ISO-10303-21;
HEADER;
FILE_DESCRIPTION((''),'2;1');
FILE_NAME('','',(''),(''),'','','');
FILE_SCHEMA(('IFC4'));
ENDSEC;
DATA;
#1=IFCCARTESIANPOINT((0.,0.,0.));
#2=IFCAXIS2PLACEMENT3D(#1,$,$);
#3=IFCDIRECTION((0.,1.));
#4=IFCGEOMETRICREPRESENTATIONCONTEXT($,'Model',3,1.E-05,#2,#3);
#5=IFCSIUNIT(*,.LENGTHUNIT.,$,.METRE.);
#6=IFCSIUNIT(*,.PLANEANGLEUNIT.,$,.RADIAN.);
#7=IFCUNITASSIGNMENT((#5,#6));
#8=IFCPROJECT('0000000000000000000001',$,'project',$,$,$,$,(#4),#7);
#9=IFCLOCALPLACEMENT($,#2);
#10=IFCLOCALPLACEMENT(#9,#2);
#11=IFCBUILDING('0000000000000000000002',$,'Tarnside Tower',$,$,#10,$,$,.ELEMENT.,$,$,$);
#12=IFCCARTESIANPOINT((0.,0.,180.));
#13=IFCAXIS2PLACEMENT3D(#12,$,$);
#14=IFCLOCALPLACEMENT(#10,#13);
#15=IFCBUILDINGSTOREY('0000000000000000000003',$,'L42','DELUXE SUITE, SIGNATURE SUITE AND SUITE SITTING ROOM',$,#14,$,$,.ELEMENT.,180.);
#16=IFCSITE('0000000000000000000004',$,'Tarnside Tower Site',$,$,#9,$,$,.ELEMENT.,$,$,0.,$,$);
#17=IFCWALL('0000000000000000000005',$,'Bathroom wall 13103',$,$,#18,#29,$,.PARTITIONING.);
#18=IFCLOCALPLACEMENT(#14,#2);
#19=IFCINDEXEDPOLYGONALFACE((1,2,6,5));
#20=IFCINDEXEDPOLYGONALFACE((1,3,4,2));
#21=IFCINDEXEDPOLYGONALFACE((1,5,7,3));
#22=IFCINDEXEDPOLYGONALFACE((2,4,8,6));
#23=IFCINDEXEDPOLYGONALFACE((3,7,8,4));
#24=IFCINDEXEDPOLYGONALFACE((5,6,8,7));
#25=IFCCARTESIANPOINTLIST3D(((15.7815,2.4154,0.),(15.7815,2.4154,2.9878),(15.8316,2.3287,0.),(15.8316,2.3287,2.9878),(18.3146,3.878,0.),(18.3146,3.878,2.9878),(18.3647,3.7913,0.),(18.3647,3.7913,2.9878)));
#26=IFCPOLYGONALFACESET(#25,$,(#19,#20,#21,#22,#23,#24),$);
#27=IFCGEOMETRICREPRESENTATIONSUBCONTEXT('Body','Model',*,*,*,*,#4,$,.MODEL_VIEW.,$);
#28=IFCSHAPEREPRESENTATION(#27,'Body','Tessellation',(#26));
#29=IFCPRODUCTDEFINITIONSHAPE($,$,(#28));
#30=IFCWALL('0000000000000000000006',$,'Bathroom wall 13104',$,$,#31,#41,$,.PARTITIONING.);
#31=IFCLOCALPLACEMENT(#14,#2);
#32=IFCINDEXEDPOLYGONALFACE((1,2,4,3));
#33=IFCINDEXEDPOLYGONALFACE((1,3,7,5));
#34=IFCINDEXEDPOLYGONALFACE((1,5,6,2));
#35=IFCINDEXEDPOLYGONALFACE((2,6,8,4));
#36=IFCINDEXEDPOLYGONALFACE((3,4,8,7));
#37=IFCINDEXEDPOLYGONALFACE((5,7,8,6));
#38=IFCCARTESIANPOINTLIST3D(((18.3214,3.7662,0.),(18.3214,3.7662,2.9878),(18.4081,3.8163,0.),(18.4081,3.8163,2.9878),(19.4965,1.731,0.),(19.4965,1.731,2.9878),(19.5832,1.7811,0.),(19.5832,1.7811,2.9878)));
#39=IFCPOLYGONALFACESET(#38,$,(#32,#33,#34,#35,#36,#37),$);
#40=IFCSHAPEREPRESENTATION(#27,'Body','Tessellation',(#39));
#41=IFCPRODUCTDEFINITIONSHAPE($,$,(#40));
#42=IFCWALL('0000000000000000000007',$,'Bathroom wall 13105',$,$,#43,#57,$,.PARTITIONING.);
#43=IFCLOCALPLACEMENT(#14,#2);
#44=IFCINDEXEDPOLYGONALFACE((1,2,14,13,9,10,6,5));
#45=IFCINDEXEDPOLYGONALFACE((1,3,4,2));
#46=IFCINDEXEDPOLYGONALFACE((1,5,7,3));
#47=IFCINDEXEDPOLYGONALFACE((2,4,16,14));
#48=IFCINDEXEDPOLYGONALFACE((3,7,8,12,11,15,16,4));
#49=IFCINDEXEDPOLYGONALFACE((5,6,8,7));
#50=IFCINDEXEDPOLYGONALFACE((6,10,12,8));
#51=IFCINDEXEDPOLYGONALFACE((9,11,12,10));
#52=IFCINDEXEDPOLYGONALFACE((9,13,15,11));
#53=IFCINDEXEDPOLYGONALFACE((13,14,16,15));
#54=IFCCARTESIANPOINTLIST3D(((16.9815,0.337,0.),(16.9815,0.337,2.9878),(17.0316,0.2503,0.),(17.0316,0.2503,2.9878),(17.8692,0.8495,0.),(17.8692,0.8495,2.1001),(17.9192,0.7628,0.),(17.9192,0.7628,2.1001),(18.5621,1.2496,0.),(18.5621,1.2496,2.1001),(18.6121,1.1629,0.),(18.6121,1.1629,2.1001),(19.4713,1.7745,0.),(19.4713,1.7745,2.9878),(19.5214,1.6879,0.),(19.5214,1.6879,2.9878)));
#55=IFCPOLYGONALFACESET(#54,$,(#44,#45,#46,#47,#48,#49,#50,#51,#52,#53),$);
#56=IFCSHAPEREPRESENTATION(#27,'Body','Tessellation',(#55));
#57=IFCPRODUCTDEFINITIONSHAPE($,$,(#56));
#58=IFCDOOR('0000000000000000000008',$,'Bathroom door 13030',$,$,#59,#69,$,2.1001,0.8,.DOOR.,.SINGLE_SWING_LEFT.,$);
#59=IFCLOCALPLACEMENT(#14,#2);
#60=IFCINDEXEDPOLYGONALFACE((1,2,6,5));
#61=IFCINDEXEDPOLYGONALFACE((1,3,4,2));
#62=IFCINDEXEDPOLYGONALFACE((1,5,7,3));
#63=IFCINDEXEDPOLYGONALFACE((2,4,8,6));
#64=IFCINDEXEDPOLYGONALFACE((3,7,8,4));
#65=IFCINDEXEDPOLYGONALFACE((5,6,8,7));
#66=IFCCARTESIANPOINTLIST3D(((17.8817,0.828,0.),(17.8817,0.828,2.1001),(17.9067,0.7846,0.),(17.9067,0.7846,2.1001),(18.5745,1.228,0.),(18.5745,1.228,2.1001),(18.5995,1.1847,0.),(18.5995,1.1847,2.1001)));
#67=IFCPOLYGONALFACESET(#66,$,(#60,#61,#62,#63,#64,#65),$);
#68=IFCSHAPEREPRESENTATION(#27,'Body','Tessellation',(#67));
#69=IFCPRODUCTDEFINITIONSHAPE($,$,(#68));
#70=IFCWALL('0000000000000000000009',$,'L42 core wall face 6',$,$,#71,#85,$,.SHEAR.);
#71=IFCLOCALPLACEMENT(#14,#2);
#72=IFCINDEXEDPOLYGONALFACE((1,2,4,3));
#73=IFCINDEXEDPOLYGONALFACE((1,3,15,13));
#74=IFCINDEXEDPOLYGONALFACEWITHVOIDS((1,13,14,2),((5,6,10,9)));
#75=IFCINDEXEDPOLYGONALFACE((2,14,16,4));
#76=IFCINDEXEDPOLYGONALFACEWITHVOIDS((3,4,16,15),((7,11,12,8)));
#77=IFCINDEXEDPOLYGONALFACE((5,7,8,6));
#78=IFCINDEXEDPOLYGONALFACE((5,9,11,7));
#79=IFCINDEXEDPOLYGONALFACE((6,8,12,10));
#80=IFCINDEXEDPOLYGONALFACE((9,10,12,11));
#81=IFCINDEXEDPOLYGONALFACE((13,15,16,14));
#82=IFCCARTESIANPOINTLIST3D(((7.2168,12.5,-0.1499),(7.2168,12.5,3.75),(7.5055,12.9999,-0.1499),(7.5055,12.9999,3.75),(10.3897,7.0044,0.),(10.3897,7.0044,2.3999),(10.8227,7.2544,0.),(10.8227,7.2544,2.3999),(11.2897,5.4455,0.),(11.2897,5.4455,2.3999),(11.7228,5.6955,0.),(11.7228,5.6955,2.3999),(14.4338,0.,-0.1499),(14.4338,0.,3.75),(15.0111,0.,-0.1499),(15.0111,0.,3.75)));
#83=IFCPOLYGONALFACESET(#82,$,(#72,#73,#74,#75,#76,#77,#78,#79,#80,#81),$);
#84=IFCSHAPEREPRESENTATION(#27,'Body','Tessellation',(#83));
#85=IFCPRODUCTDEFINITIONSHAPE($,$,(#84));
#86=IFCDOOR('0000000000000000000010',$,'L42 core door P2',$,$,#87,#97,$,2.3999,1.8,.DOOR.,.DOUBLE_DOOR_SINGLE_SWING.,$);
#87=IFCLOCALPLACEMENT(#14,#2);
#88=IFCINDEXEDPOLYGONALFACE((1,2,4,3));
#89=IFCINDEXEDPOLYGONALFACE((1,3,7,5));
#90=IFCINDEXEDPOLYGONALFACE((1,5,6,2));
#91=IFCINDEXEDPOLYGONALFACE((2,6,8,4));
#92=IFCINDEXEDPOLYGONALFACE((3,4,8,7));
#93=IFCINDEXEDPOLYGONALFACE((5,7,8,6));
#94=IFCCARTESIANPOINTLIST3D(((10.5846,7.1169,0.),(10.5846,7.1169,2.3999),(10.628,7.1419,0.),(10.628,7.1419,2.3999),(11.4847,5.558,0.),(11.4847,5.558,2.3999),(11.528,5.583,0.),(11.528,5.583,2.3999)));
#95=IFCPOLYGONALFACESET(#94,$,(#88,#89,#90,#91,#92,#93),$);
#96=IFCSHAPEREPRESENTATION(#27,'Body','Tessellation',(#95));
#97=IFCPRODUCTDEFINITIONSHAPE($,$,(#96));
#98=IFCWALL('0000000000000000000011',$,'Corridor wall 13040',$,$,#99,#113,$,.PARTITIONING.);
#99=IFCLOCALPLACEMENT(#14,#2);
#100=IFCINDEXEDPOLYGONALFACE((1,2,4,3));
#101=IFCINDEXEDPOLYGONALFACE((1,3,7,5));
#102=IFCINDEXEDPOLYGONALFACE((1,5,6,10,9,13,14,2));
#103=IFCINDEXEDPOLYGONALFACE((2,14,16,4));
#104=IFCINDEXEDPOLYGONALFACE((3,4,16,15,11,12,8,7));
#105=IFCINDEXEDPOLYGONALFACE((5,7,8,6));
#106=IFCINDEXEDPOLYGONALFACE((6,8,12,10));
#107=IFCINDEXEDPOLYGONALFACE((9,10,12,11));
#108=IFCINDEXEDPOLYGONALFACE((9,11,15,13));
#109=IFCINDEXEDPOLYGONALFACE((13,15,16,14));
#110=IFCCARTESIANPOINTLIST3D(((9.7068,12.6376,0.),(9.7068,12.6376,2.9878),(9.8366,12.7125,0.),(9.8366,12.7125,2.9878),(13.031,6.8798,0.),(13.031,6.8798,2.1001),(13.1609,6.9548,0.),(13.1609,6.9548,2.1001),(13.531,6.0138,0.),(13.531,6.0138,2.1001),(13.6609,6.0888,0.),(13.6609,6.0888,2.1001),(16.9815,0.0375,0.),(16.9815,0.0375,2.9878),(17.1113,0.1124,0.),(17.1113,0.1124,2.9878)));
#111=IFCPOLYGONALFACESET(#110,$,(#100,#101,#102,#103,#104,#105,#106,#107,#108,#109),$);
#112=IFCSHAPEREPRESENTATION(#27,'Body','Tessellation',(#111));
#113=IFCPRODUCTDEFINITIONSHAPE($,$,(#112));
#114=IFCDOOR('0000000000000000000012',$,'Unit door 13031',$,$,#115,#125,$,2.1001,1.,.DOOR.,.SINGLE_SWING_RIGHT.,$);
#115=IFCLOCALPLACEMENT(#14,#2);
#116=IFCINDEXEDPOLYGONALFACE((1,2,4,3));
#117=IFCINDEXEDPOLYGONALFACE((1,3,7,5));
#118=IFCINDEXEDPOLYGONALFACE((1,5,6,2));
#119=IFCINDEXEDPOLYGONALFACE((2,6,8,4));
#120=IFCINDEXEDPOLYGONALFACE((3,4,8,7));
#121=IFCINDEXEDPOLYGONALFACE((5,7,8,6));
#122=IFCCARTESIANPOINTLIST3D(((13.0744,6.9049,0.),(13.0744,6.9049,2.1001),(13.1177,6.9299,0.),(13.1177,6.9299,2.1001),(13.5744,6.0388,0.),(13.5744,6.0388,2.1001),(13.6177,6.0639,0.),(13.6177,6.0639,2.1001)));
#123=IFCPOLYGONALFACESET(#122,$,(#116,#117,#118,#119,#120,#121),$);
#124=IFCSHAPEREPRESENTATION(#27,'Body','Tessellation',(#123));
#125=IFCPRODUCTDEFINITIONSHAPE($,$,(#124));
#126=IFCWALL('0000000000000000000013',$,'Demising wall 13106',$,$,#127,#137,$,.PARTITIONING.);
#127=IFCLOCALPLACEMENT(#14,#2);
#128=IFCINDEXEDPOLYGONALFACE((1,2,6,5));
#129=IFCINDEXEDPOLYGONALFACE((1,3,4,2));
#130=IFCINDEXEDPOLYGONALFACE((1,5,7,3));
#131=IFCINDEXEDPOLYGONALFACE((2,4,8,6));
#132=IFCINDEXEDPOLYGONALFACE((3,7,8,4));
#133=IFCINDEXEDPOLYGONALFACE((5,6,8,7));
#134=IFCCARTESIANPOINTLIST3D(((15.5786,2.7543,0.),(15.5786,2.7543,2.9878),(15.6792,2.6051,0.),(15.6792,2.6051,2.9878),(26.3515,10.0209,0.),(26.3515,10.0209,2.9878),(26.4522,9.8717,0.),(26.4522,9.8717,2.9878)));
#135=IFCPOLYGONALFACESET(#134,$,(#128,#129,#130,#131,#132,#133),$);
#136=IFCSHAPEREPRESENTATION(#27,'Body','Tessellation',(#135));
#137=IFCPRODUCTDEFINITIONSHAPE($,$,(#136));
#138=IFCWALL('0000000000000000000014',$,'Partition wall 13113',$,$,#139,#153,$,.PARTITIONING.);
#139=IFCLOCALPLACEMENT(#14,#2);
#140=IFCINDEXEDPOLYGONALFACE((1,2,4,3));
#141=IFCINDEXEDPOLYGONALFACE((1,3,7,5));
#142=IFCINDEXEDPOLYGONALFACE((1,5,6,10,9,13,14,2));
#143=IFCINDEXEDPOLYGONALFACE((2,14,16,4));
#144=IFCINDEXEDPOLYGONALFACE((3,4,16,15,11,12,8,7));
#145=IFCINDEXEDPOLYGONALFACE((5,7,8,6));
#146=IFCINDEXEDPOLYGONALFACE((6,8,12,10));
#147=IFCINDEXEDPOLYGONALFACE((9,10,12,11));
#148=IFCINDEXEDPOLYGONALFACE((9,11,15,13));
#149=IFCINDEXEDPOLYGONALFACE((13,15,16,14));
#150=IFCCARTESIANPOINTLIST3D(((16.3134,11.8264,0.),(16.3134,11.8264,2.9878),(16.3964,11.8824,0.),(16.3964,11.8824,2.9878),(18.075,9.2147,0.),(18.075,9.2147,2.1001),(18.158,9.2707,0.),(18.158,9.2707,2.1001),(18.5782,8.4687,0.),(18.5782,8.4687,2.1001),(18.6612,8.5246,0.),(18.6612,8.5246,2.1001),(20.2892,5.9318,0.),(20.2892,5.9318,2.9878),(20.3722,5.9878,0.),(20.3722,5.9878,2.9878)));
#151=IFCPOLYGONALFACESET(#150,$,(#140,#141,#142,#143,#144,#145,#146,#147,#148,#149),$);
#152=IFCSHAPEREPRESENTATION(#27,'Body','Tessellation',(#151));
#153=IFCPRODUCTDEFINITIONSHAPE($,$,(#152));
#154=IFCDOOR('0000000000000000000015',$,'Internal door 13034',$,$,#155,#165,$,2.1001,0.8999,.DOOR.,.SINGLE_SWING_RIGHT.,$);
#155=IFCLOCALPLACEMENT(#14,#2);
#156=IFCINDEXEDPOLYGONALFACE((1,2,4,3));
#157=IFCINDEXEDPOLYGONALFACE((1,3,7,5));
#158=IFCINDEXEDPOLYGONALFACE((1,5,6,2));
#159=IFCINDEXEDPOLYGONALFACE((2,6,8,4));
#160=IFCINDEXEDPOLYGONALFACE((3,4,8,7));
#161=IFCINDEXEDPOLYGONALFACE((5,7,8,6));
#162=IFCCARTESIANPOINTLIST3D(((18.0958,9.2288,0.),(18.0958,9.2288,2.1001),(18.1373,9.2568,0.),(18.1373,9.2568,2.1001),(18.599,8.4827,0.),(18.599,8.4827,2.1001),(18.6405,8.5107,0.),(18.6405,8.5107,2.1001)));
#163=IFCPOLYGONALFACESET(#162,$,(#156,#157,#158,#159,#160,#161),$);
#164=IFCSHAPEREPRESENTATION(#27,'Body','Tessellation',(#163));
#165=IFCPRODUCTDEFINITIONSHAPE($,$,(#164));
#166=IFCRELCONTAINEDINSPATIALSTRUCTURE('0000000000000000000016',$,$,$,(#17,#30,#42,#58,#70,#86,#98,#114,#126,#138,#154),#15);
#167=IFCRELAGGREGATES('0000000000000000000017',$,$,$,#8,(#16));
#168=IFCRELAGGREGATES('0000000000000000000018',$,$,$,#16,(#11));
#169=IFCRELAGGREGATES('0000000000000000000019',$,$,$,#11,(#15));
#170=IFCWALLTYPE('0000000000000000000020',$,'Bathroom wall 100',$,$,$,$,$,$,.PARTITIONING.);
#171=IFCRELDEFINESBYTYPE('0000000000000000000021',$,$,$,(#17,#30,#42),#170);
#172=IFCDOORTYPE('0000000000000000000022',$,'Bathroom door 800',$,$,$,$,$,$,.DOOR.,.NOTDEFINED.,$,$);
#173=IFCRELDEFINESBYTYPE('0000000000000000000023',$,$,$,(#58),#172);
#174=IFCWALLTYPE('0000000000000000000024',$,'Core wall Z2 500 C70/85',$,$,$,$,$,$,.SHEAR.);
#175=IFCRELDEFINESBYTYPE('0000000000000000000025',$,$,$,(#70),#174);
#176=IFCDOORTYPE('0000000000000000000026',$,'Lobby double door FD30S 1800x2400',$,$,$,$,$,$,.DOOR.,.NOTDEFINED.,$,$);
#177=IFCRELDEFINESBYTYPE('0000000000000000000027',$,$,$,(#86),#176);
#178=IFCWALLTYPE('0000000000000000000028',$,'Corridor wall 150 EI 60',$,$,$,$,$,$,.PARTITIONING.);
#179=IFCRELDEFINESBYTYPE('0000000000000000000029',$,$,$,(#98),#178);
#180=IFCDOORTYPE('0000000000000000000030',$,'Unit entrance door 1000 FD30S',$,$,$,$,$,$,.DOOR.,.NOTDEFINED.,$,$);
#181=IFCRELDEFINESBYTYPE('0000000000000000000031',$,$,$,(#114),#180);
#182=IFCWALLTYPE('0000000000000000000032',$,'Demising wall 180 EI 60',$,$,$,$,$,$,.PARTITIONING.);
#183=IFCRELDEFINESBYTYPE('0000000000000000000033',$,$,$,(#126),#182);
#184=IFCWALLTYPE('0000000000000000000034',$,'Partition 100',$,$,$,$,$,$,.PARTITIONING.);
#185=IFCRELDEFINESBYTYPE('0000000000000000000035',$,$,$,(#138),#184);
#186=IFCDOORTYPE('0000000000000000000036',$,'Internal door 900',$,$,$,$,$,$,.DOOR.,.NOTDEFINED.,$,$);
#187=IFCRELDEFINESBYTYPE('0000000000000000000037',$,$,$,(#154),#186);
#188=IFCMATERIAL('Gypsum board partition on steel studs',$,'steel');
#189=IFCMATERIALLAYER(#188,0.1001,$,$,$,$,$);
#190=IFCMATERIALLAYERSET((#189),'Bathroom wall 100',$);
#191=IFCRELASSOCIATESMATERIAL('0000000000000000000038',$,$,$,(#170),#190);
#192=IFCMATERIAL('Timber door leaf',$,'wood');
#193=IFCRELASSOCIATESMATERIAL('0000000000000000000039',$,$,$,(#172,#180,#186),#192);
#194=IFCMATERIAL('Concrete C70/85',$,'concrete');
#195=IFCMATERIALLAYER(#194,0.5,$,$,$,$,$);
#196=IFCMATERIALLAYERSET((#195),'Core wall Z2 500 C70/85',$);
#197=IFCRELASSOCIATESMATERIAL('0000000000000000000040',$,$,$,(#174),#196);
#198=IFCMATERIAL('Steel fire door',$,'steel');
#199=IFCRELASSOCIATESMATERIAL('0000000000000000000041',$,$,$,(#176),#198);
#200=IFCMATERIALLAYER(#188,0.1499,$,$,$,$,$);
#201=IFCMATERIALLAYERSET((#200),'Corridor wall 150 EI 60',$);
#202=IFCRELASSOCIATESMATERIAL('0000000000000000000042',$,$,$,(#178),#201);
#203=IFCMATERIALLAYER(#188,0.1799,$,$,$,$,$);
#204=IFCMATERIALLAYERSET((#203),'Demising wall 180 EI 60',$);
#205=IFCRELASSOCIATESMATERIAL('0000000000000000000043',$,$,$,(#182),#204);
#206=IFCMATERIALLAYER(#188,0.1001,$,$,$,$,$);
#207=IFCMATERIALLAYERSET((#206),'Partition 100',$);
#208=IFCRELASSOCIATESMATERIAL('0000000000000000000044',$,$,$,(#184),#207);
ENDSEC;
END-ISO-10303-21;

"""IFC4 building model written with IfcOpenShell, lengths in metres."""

from ifc_helpers import new_model, si_unit, direction, frame, frame_2d, origin, place, context, subcontext, project, spatial, polyline, rectangle, outline, extrude, material, layer, layer_set, type_object, element, fill, save


model = new_model("IFC4")

# Units and contexts
model_context = context("Model", 3, precision=1e-05, world=origin(), true_north=direction((0.0, 1.0)))
body_context = subcontext(model_context, "Body", "Model", "MODEL_VIEW")
ifc_project = project(units=[si_unit("LENGTHUNIT", "METRE"), si_unit("PLANEANGLEUNIT", "RADIAN")], contexts=[model_context])

# Site, building, storey
site_placement = place(None, origin())
site = spatial("IfcSite", under=ifc_project, at=site_placement, Name="Tarnside Tower Site", CompositionType="ELEMENT", RefElevation=0.0)
building_placement = place(site_placement, origin())
building = spatial("IfcBuilding", under=site, at=building_placement, Name="Tarnside Tower", CompositionType="ELEMENT")
storey_placement = place(building_placement, frame((0.0, 0.0, 180.0)))
storey = spatial("IfcBuildingStorey", under=building, at=storey_placement, Name="L42", Description="DELUXE SUITE, SIGNATURE SUITE AND SUITE SITTING ROOM", CompositionType="ELEMENT", Elevation=180.0)

# Walls
ifc_material_1 = material(Name="Gypsum board partition on steel studs", Category="steel")
ifc_layer_1 = layer(ifc_material_1, 0.1001)
ifc_layer_set_1 = layer_set([ifc_layer_1], Name="Bathroom wall 100")
wall_type_1 = type_object("IfcWallType", Name="Bathroom wall 100", PredefinedType="PARTITIONING", material=ifc_layer_set_1)
wall_1_placement = place(storey_placement, frame((15.8066, 2.3721, 0.0), z_axis=(0.0, 0.0, 1.0), x_axis=(0.86601, 0.500026, 0.0)))
element("IfcWall", 1, at=wall_1_placement, inside=storey, type_object=wall_type_1, Name="Bathroom wall 13103", PredefinedType="PARTITIONING", context=body_context, shape_type="SweptSolid", body=[
    extrude(rectangle(XDim=2.925, YDim=0.1001, at=frame_2d((1.4624, 0.0))), origin(), (0.0, 0.0, 1.0), 2.9878),
])
wall_2_placement = place(storey_placement, frame((18.3647, 3.7913, 0.0), z_axis=(0.0, 0.0, 1.0), x_axis=(0.500016, -0.866016, 0.0)))
element("IfcWall", 2, at=wall_2_placement, inside=storey, type_object=wall_type_1, Name="Bathroom wall 13104", PredefinedType="PARTITIONING", context=body_context, shape_type="SweptSolid", body=[
    extrude(rectangle(XDim=2.3501, YDim=0.1001, at=frame_2d((1.175, 0.0))), origin(), (0.0, 0.0, 1.0), 2.9878),
])

# Walls, openings, doors
wall_3_placement = place(storey_placement, frame((19.4963, 1.7312, 0.0), z_axis=(0.0, 0.0, 1.0), x_axis=(-0.866019, -0.500012, 0.0)))
wall_3 = element("IfcWall", 3, at=wall_3_placement, inside=storey, type_object=wall_type_1, Name="Bathroom wall 13105", PredefinedType="PARTITIONING", context=body_context, shape_type="SweptSolid", body=[
    extrude(rectangle(XDim=2.875, YDim=0.1001, at=frame_2d((1.4375, 0.0))), origin(), (0.0, 0.0, 1.0), 2.9878),
])
opening_1_placement = place(wall_3_placement, frame((1.05, 0.0, 0.0)))
opening_1 = element("IfcOpeningElement", 4, at=opening_1_placement, cuts=wall_3, PredefinedType="OPENING", context=body_context, shape_type="SweptSolid", body=[
    extrude(rectangle(XDim=0.8, YDim=2.1001, at=frame_2d((0.3999, 1.05))), frame((0.0, 0.0601, 0.0), z_axis=(0.0, -1.0, 0.0), x_axis=(1.0, 0.0, 0.0)), (0.0, 0.0, 1.0), 0.1201),
])
ifc_material_2 = material(Name="Timber door leaf", Category="wood")
door_type_1 = type_object("IfcDoorType", Name="Bathroom door 800", OperationType="NOTDEFINED", PredefinedType="DOOR", material=ifc_material_2)
door_1_placement = place(opening_1_placement, origin())
door_1 = element("IfcDoor", 5, at=door_1_placement, inside=storey, type_object=door_type_1, Name="Bathroom door 13030", OperationType="SINGLE_SWING_LEFT", OverallHeight=2.1001, OverallWidth=0.8, PredefinedType="DOOR", context=body_context, shape_type="SweptSolid", body=[
    extrude(rectangle(XDim=0.8, YDim=2.1001, at=frame_2d((0.3999, 1.05))), frame((0.0, 0.0249, 0.0), z_axis=(0.0, -1.0, 0.0), x_axis=(1.0, 0.0, 0.0)), (0.0, 0.0, 1.0), 0.05),
])
fill(opening_1, door_1)
ifc_material_3 = material(Name="Concrete C70/85", Category="concrete")
ifc_layer_2 = layer(ifc_material_3, 0.5)
ifc_layer_set_2 = layer_set([ifc_layer_2], Name="Core wall Z2 500 C70/85")
wall_type_2 = type_object("IfcWallType", Name="Core wall Z2 500 C70/85", PredefinedType="SHEAR", material=ifc_layer_set_2)
wall_4_placement = place(storey_placement, frame((14.7224, 0.0, -0.1499), z_axis=(0.0, 0.0, 1.0), x_axis=(-0.500006, 0.866022, 0.0)))
wall_4 = element("IfcWall", 6, at=wall_4_placement, inside=storey, type_object=wall_type_2, Name="L42 core wall face 6", PredefinedType="SHEAR", context=body_context, shape_type="SweptSolid", body=[
    extrude(outline(polyline([(-0.1443, -0.25), (14.8667, -0.25), (14.5781, 0.25), (0.1443, 0.25), (-0.1443, -0.25)])), origin(), (0.0, 0.0, 1.0), 3.8999),
])
opening_2_placement = place(wall_4_placement, frame((6.4324, 0.0, 0.1499)))
opening_2 = element("IfcOpeningElement", 7, at=opening_2_placement, cuts=wall_4, PredefinedType="OPENING", context=body_context, shape_type="SweptSolid", body=[
    extrude(rectangle(XDim=1.8, YDim=2.3999, at=frame_2d((0.8999, 1.2))), frame((0.0, 0.26, 0.0), z_axis=(0.0, -1.0, 0.0), x_axis=(1.0, 0.0, 0.0)), (0.0, 0.0, 1.0), 0.52),
])
ifc_material_4 = material(Name="Steel fire door", Category="steel")
door_type_2 = type_object("IfcDoorType", Name="Lobby double door FD30S 1800x2400", OperationType="NOTDEFINED", PredefinedType="DOOR", material=ifc_material_4)
door_2_placement = place(opening_2_placement, origin())
door_2 = element("IfcDoor", 8, at=door_2_placement, inside=storey, type_object=door_type_2, Name="L42 core door P2", OperationType="DOUBLE_DOOR_SINGLE_SWING", OverallHeight=2.3999, OverallWidth=1.8, PredefinedType="DOOR", context=body_context, shape_type="SweptSolid", body=[
    extrude(rectangle(XDim=1.8, YDim=2.3999, at=frame_2d((0.8999, 1.2))), frame((0.0, 0.0249, 0.0), z_axis=(0.0, -1.0, 0.0), x_axis=(1.0, 0.0, 0.0)), (0.0, 0.0, 1.0), 0.05),
])
fill(opening_2, door_2)
ifc_layer_3 = layer(ifc_material_1, 0.1499)
ifc_layer_set_3 = layer_set([ifc_layer_3], Name="Corridor wall 150 EI 60")
wall_type_3 = type_object("IfcWallType", Name="Corridor wall 150 EI 60", PredefinedType="PARTITIONING", material=ifc_layer_set_3)
wall_5_placement = place(storey_placement, frame((17.0464, 0.075, 0.0), z_axis=(0.0, 0.0, 1.0), x_axis=(-0.499999, 0.866026, 0.0)))
wall_5 = element("IfcWall", 9, at=wall_5_placement, inside=storey, type_object=wall_type_3, Name="Corridor wall 13040", PredefinedType="PARTITIONING", context=body_context, shape_type="SweptSolid", body=[
    extrude(rectangle(XDim=14.5493, YDim=0.1499, at=frame_2d((7.2747, 0.0))), origin(), (0.0, 0.0, 1.0), 2.9878),
])
opening_3_placement = place(wall_5_placement, frame((6.9009, 0.0, 0.0)))
opening_3 = element("IfcOpeningElement", 10, at=opening_3_placement, cuts=wall_5, PredefinedType="OPENING", context=body_context, shape_type="SweptSolid", body=[
    extrude(rectangle(XDim=1.0, YDim=2.1001, at=frame_2d((0.5, 1.05))), frame((0.0, 0.085, 0.0), z_axis=(0.0, -1.0, 0.0), x_axis=(1.0, 0.0, 0.0)), (0.0, 0.0, 1.0), 0.1699),
])
door_type_3 = type_object("IfcDoorType", Name="Unit entrance door 1000 FD30S", OperationType="NOTDEFINED", PredefinedType="DOOR", material=ifc_material_2)
door_3_placement = place(opening_3_placement, origin())
door_3 = element("IfcDoor", 11, at=door_3_placement, inside=storey, type_object=door_type_3, Name="Unit door 13031", OperationType="SINGLE_SWING_RIGHT", OverallHeight=2.1001, OverallWidth=1.0, PredefinedType="DOOR", context=body_context, shape_type="SweptSolid", body=[
    extrude(rectangle(XDim=1.0, YDim=2.1001, at=frame_2d((0.5, 1.05))), frame((0.0, 0.0249, 0.0), z_axis=(0.0, -1.0, 0.0), x_axis=(1.0, 0.0, 0.0)), (0.0, 0.0, 1.0), 0.05),
])
fill(opening_3, door_3)

# Wall
ifc_layer_4 = layer(ifc_material_1, 0.1799)
ifc_layer_set_4 = layer_set([ifc_layer_4], Name="Demising wall 180 EI 60")
wall_type_4 = type_object("IfcWallType", Name="Demising wall 180 EI 60", PredefinedType="PARTITIONING", material=ifc_layer_set_4)
wall_6_placement = place(storey_placement, frame((26.4019, 9.9463, 0.0), z_axis=(0.0, 0.0, 1.0), x_axis=(-0.829032, -0.559201, 0.0)))
element("IfcWall", 12, at=wall_6_placement, inside=storey, type_object=wall_type_4, Name="Demising wall 13106", PredefinedType="PARTITIONING", context=body_context, shape_type="SweptSolid", body=[
    extrude(rectangle(XDim=12.9946, YDim=0.1799, at=frame_2d((6.4973, 0.0))), origin(), (0.0, 0.0, 1.0), 2.9878),
])

# Wall, opening, door
ifc_layer_5 = layer(ifc_material_1, 0.1001)
ifc_layer_set_5 = layer_set([ifc_layer_5], Name="Partition 100")
wall_type_5 = type_object("IfcWallType", Name="Partition 100", PredefinedType="PARTITIONING", material=ifc_layer_set_5)
wall_7_placement = place(storey_placement, frame((20.3308, 5.9597, 0.0), z_axis=(0.0, 0.0, 1.0), x_axis=(-0.559185, 0.829043, 0.0)))
wall_7 = element("IfcWall", 13, at=wall_7_placement, inside=storey, type_object=wall_type_5, Name="Partition wall 13113", PredefinedType="PARTITIONING", context=body_context, shape_type="SweptSolid", body=[
    extrude(rectangle(XDim=7.1101, YDim=0.1001, at=frame_2d((3.5552, 0.0))), origin(), (0.0, 0.0, 1.0), 2.9878),
])
opening_4_placement = place(wall_7_placement, frame((3.0601, 0.0, 0.0)))
opening_4 = element("IfcOpeningElement", 14, at=opening_4_placement, cuts=wall_7, PredefinedType="OPENING", context=body_context, shape_type="SweptSolid", body=[
    extrude(rectangle(XDim=0.8999, YDim=2.1001, at=frame_2d((0.45, 1.05))), frame((0.0, 0.0601, 0.0), z_axis=(0.0, -1.0, 0.0), x_axis=(1.0, 0.0, 0.0)), (0.0, 0.0, 1.0), 0.1201),
])
door_type_4 = type_object("IfcDoorType", Name="Internal door 900", OperationType="NOTDEFINED", PredefinedType="DOOR", material=ifc_material_2)
door_4_placement = place(opening_4_placement, origin())
door_4 = element("IfcDoor", 15, at=door_4_placement, inside=storey, type_object=door_type_4, Name="Internal door 13034", OperationType="SINGLE_SWING_RIGHT", OverallHeight=2.1001, OverallWidth=0.8999, PredefinedType="DOOR", context=body_context, shape_type="SweptSolid", body=[
    extrude(rectangle(XDim=0.8999, YDim=2.1001, at=frame_2d((0.45, 1.05))), frame((0.0, 0.0249, 0.0), z_axis=(0.0, -1.0, 0.0), x_axis=(1.0, 0.0, 0.0)), (0.0, 0.0, 1.0), 0.05),
])
fill(opening_4, door_4)

save(model, "model.ifc")
